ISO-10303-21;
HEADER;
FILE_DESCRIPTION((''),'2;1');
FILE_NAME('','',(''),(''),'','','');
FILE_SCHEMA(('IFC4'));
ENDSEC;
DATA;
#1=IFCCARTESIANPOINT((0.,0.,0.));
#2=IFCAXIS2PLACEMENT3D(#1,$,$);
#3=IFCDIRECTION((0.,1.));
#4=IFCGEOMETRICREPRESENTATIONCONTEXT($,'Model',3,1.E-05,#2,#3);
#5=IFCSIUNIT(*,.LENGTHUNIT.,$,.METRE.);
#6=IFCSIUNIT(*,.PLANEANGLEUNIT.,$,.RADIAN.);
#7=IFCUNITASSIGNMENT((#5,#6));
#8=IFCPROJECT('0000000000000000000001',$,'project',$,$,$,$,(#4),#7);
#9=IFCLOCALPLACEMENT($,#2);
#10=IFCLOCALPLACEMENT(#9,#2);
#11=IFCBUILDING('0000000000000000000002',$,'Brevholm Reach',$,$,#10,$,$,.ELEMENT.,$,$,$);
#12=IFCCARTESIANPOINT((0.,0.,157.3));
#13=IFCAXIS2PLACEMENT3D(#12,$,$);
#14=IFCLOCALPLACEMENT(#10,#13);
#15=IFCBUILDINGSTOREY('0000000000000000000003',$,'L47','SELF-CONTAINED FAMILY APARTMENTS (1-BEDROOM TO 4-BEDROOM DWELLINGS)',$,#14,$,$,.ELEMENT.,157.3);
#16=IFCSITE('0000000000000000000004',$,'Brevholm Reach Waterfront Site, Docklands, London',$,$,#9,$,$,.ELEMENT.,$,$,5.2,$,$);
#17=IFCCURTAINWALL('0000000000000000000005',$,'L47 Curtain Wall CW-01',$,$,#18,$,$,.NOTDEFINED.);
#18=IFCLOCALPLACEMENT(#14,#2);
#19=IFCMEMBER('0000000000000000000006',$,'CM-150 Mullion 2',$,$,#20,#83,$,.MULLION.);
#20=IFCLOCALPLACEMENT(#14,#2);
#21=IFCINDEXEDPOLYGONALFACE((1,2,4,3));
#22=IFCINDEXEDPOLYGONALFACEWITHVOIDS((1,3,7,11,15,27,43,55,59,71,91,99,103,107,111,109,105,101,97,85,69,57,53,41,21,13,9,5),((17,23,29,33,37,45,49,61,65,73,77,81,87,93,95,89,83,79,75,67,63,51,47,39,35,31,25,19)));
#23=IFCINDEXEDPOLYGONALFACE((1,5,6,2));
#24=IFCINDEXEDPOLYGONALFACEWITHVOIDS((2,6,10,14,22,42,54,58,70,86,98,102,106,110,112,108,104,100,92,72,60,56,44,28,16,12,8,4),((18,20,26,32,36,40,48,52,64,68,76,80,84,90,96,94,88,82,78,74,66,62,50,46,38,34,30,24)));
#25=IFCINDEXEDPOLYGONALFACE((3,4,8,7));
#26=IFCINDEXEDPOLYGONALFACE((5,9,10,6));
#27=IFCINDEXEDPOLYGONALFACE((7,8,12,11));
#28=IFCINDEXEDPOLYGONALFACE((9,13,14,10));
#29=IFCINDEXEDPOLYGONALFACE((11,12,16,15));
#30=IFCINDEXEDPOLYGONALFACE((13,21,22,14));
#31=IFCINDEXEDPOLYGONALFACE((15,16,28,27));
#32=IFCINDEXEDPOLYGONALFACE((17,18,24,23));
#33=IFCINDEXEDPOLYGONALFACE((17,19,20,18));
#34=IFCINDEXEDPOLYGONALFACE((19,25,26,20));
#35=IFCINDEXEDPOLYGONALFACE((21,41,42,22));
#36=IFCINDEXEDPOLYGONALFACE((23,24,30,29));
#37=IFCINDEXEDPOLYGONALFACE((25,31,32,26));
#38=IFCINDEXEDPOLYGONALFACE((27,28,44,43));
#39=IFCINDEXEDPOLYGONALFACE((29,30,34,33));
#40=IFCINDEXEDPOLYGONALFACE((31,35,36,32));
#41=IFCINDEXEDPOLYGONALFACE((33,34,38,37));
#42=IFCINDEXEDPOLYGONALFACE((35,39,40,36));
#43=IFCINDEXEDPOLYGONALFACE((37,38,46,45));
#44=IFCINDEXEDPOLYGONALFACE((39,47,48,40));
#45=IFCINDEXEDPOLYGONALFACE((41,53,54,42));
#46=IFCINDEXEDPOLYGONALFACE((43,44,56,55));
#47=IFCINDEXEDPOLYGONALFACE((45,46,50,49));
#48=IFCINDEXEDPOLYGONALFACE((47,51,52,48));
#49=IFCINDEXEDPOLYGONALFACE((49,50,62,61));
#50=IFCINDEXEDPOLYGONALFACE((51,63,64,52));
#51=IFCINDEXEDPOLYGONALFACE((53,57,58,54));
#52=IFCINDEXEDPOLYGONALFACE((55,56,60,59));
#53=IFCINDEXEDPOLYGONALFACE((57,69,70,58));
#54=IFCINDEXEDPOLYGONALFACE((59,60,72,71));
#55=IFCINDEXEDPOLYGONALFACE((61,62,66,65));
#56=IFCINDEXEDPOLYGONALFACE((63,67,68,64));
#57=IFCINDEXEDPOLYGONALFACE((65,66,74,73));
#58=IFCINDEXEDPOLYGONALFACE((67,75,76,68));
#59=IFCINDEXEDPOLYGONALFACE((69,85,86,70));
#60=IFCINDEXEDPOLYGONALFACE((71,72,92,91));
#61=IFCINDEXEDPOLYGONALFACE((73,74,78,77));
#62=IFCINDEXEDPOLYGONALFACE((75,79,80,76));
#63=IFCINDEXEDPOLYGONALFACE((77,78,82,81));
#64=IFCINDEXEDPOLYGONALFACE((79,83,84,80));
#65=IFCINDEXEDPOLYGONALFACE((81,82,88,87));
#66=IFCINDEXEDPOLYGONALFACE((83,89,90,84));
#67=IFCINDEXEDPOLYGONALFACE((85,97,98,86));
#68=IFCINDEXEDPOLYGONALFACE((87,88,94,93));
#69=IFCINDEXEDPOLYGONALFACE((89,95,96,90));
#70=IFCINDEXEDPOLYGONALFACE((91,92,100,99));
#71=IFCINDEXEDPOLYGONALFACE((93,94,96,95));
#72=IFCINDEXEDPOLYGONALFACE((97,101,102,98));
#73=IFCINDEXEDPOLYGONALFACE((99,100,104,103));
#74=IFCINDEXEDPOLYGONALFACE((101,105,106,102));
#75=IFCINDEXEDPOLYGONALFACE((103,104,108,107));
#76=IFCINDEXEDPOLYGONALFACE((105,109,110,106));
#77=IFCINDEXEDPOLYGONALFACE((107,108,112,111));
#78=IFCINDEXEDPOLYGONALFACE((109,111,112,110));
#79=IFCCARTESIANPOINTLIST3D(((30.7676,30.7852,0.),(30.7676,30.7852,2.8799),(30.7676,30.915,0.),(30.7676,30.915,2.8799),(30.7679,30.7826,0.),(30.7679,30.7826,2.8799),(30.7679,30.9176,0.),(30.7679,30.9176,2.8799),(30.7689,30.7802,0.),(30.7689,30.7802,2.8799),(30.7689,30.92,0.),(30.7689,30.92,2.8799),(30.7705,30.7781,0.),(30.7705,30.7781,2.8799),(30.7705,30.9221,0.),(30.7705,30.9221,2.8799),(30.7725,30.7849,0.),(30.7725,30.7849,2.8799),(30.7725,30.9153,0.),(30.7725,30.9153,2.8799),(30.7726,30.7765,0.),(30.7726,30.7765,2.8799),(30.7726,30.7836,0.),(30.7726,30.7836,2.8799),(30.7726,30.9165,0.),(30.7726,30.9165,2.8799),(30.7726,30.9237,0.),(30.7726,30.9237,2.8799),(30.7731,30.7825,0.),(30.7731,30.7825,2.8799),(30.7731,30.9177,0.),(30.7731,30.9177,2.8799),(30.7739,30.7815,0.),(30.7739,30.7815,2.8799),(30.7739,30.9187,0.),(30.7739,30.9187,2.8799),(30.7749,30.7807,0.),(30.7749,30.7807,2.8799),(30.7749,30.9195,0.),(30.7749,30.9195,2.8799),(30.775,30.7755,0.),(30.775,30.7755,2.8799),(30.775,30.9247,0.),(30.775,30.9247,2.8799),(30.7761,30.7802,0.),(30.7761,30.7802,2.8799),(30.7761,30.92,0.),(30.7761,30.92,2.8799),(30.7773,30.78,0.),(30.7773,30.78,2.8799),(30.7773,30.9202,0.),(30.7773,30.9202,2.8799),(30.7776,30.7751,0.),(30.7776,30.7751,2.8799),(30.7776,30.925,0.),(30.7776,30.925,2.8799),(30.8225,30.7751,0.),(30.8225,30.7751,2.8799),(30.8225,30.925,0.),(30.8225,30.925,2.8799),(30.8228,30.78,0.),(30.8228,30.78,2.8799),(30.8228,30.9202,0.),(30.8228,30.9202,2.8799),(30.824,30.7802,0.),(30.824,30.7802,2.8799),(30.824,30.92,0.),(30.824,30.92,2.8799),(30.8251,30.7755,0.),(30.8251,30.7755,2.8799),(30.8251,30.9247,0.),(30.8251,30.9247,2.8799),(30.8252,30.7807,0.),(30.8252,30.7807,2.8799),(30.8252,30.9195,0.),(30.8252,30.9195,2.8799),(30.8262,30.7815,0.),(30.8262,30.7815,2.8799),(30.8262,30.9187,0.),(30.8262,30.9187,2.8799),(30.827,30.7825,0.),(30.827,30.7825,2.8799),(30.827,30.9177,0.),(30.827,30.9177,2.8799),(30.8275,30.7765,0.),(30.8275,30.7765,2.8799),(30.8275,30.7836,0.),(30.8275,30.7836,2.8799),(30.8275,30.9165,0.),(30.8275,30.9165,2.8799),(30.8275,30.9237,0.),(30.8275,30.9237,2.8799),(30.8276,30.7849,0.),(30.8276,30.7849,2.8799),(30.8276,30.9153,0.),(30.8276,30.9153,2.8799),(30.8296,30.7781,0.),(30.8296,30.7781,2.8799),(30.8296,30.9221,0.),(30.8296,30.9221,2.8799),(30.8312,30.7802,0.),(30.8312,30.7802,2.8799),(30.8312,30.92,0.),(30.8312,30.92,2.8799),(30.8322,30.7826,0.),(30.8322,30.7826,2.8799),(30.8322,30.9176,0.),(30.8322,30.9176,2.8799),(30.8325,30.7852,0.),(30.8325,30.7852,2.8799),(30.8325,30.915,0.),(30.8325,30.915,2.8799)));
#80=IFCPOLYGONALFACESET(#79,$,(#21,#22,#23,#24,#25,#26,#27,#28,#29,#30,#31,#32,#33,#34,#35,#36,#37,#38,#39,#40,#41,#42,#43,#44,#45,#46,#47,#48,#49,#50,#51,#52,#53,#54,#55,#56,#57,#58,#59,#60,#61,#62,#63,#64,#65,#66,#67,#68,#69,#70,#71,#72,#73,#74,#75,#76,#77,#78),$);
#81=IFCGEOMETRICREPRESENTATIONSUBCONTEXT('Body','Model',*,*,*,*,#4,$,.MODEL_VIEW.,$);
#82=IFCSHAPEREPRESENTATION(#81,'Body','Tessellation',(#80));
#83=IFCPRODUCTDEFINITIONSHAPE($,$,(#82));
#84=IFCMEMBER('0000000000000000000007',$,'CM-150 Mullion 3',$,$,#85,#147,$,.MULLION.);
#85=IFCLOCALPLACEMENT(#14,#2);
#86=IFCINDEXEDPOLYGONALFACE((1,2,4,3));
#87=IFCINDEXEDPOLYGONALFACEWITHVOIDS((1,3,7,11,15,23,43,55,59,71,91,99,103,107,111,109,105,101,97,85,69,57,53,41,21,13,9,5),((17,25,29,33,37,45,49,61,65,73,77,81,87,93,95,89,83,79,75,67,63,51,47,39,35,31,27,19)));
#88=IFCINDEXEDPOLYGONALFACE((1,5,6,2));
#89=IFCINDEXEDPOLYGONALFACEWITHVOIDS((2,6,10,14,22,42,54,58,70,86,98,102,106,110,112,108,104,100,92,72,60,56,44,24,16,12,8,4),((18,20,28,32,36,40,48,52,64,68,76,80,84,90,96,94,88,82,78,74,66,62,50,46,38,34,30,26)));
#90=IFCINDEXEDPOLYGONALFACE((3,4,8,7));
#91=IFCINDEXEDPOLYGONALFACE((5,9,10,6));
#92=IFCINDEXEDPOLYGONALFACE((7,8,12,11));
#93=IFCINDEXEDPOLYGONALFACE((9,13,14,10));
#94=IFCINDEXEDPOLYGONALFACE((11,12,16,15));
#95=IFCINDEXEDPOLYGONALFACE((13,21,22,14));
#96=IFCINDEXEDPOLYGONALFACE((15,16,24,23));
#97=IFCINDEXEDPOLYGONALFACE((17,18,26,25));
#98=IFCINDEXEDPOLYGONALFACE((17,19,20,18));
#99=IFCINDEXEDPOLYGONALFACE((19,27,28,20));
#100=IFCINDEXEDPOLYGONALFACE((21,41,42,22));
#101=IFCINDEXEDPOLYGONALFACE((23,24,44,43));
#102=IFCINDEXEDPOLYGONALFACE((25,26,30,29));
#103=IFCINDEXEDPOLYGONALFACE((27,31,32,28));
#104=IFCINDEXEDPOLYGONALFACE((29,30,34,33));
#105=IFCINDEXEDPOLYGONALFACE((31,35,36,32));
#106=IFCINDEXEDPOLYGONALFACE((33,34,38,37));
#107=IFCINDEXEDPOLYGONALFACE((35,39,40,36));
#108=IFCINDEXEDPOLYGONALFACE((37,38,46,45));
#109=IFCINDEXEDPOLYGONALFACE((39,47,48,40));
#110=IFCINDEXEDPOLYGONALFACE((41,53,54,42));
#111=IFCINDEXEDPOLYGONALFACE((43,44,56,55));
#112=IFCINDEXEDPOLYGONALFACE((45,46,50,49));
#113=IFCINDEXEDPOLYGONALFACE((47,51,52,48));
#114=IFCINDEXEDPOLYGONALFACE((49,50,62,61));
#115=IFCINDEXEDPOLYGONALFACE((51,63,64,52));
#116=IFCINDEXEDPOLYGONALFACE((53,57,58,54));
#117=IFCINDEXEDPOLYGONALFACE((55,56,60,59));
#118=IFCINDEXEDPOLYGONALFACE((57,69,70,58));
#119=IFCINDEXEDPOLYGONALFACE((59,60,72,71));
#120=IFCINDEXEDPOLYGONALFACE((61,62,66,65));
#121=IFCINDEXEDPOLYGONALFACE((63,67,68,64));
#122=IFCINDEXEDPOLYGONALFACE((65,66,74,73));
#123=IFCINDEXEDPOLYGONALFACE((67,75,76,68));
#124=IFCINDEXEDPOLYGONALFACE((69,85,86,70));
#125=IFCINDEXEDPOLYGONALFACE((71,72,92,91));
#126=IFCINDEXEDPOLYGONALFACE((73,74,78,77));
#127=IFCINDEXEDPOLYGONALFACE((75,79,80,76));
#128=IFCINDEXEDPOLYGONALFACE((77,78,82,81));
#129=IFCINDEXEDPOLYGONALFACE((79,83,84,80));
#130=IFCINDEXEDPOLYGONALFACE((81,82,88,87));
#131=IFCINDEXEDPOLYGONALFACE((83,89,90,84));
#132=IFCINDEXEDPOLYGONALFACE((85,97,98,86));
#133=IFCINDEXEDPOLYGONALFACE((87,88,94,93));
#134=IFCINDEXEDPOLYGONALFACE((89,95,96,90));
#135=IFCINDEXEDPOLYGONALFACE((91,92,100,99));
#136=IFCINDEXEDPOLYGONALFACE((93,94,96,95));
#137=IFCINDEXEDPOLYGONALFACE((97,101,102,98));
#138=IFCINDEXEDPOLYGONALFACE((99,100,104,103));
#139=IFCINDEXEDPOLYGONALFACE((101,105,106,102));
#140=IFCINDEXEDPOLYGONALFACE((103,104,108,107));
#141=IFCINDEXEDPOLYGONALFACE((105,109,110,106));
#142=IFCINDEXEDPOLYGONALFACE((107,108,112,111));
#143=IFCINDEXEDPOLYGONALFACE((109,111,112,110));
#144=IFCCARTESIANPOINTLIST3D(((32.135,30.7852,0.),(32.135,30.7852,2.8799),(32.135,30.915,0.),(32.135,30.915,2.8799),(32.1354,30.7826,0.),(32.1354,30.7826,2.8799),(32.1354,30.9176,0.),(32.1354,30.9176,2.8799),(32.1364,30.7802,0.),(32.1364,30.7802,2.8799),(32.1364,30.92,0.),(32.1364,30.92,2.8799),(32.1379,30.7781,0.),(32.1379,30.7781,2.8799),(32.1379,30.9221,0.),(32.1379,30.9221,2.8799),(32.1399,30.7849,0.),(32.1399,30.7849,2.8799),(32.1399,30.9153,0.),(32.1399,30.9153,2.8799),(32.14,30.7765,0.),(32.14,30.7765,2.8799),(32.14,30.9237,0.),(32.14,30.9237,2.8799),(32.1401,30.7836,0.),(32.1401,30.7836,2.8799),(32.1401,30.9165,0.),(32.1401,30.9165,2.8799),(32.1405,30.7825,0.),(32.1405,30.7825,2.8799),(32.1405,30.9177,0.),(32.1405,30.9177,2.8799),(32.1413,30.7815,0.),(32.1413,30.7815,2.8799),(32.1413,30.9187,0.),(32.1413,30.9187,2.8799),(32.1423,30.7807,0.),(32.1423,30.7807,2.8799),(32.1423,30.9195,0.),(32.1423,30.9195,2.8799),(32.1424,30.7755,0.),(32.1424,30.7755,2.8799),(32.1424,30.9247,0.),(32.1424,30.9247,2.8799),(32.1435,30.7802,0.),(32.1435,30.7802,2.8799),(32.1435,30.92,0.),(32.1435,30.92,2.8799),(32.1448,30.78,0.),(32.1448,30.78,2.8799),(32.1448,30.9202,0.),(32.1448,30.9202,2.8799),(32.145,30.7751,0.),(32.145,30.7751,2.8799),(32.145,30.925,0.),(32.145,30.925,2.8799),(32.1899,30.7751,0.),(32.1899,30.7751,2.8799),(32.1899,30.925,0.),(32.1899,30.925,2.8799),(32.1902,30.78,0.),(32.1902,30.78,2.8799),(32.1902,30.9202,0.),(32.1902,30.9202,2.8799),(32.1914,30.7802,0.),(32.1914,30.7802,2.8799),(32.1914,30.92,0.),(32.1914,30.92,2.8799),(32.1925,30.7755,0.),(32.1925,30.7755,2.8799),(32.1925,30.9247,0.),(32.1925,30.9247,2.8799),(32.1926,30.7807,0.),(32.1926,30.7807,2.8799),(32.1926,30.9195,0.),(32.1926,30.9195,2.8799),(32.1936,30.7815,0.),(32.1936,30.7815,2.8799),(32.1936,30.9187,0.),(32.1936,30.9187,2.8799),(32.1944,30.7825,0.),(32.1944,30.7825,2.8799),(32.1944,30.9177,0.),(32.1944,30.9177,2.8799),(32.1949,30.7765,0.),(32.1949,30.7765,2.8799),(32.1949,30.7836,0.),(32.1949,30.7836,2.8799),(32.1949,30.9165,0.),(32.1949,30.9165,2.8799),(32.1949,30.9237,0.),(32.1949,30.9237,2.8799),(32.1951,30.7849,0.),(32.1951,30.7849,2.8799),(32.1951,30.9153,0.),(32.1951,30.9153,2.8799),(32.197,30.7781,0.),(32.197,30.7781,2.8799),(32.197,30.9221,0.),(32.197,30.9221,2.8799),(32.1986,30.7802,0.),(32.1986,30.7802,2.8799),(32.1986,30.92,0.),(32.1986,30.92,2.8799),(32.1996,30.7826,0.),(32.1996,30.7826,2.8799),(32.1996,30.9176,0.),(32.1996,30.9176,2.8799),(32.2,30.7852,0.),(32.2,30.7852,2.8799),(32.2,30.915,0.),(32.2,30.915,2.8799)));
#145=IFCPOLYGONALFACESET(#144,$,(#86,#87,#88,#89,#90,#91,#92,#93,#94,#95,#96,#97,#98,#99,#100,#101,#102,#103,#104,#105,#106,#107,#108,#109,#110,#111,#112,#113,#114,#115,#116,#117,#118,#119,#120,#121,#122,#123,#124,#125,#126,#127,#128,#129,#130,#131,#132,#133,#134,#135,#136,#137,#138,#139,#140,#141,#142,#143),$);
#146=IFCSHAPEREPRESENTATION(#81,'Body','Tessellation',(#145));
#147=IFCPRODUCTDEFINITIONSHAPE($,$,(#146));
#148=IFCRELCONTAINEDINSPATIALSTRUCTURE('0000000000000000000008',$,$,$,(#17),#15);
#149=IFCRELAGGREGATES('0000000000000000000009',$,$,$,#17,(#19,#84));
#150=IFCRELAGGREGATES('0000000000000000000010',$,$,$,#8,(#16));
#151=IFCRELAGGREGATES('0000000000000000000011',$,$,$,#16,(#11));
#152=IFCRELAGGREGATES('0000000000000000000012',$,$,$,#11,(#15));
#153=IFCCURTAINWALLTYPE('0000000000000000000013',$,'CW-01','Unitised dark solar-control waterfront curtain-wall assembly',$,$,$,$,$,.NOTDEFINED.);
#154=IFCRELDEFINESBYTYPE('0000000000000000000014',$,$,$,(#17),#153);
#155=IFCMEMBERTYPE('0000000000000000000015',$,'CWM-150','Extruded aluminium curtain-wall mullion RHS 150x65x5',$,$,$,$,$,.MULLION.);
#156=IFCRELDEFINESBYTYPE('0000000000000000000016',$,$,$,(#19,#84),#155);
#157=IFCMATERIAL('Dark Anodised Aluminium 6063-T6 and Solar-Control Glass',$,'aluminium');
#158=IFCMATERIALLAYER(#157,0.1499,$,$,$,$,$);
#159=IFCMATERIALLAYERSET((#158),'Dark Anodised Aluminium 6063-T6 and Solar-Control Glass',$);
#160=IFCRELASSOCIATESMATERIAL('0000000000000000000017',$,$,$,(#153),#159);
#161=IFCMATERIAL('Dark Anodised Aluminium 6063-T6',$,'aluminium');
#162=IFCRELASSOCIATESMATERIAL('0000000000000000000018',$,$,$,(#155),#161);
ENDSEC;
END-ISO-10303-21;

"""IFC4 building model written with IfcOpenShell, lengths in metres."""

from ifc_helpers import new_model, si_unit, direction, frame, origin, origin_2d, place, context, subcontext, project, spatial, hollow_rectangle, extrude, material, layer, layer_set, material_profile, profile_set, type_object, element, aggregate, save


model = new_model("IFC4")

# Units and contexts
model_context = context("Model", 3, precision=1e-05, world=origin(), true_north=direction((0.0, 1.0)))
body_context = subcontext(model_context, "Body", "Model", "MODEL_VIEW")
ifc_project = project(units=[si_unit("LENGTHUNIT", "METRE"), si_unit("PLANEANGLEUNIT", "RADIAN")], contexts=[model_context])

# Site, building, storey
site_placement = place(None, origin())
site = spatial("IfcSite", under=ifc_project, at=site_placement, Name="Brevholm Reach Waterfront Site, Docklands, London", CompositionType="ELEMENT", RefElevation=5.2)
building_placement = place(site_placement, origin())
building = spatial("IfcBuilding", under=site, at=building_placement, Name="Brevholm Reach", CompositionType="ELEMENT")
storey_placement = place(building_placement, frame((0.0, 0.0, 157.3)))
storey = spatial("IfcBuildingStorey", under=building, at=storey_placement, Name="L47", Description="SELF-CONTAINED FAMILY APARTMENTS (1-BEDROOM TO 4-BEDROOM DWELLINGS)", CompositionType="ELEMENT", Elevation=157.3)

# Curtain wall, members
ifc_material_1 = material(Name="Dark Anodised Aluminium 6063-T6 and Solar-Control Glass", Category="aluminium")
ifc_layer_1 = layer(ifc_material_1, 0.1499)
ifc_layer_set_1 = layer_set([ifc_layer_1], Name="Dark Anodised Aluminium 6063-T6 and Solar-Control Glass")
curtain_wall_type_1 = type_object("IfcCurtainWallType", Name="CW-01", Description="Unitised dark solar-control waterfront curtain-wall assembly", PredefinedType="NOTDEFINED", material=ifc_layer_set_1)
curtain_wall_1_placement = place(storey_placement, origin())
curtain_wall_1 = element("IfcCurtainWall", 1, at=curtain_wall_1_placement, inside=storey, type_object=curtain_wall_type_1, Name="L47 Curtain Wall CW-01", PredefinedType="NOTDEFINED")
ifc_material_2 = material(Name="Dark Anodised Aluminium 6063-T6", Category="aluminium")
ifc_material_profile_1 = material_profile(ifc_material_2, hollow_rectangle(XDim=0.0649, YDim=0.1499, WallThickness=0.0049, InnerFilletRadius=0.0049, OuterFilletRadius=0.01, at=origin_2d()), Name="RHS 150x65x5")
ifc_profile_set_1 = profile_set([ifc_material_profile_1], Name="Dark Anodised Aluminium 6063-T6")
member_type_1 = type_object("IfcMemberType", Name="CWM-150", Description="Extruded aluminium curtain-wall mullion RHS 150x65x5", PredefinedType="MULLION", material=ifc_profile_set_1)
member_1_placement = place(storey_placement, frame((30.8, 30.8501, 0.0), z_axis=(0.0, 0.0, 1.0), x_axis=(1.0, 0.0, 0.0)))
member_1 = element("IfcMember", 2, at=member_1_placement, type_object=member_type_1, Name="CM-150 Mullion 2", PredefinedType="MULLION", context=body_context, shape_type="SweptSolid", body=[
    extrude(hollow_rectangle(XDim=0.0649, YDim=0.1499, WallThickness=0.0049, InnerFilletRadius=0.0049, OuterFilletRadius=0.01, at=origin_2d()), origin(), (0.0, 0.0, 1.0), 2.8799),
])
member_2_placement = place(storey_placement, frame((32.1675, 30.8501, 0.0), z_axis=(0.0, 0.0, 1.0), x_axis=(1.0, 0.0, 0.0)))
member_2 = element("IfcMember", 3, at=member_2_placement, type_object=member_type_1, Name="CM-150 Mullion 3", PredefinedType="MULLION", context=body_context, shape_type="SweptSolid", body=[
    extrude(hollow_rectangle(XDim=0.0649, YDim=0.1499, WallThickness=0.0049, InnerFilletRadius=0.0049, OuterFilletRadius=0.01, at=origin_2d()), origin(), (0.0, 0.0, 1.0), 2.8799),
])

aggregate(curtain_wall_1, [member_1, member_2])

save(model, "model.ifc")
